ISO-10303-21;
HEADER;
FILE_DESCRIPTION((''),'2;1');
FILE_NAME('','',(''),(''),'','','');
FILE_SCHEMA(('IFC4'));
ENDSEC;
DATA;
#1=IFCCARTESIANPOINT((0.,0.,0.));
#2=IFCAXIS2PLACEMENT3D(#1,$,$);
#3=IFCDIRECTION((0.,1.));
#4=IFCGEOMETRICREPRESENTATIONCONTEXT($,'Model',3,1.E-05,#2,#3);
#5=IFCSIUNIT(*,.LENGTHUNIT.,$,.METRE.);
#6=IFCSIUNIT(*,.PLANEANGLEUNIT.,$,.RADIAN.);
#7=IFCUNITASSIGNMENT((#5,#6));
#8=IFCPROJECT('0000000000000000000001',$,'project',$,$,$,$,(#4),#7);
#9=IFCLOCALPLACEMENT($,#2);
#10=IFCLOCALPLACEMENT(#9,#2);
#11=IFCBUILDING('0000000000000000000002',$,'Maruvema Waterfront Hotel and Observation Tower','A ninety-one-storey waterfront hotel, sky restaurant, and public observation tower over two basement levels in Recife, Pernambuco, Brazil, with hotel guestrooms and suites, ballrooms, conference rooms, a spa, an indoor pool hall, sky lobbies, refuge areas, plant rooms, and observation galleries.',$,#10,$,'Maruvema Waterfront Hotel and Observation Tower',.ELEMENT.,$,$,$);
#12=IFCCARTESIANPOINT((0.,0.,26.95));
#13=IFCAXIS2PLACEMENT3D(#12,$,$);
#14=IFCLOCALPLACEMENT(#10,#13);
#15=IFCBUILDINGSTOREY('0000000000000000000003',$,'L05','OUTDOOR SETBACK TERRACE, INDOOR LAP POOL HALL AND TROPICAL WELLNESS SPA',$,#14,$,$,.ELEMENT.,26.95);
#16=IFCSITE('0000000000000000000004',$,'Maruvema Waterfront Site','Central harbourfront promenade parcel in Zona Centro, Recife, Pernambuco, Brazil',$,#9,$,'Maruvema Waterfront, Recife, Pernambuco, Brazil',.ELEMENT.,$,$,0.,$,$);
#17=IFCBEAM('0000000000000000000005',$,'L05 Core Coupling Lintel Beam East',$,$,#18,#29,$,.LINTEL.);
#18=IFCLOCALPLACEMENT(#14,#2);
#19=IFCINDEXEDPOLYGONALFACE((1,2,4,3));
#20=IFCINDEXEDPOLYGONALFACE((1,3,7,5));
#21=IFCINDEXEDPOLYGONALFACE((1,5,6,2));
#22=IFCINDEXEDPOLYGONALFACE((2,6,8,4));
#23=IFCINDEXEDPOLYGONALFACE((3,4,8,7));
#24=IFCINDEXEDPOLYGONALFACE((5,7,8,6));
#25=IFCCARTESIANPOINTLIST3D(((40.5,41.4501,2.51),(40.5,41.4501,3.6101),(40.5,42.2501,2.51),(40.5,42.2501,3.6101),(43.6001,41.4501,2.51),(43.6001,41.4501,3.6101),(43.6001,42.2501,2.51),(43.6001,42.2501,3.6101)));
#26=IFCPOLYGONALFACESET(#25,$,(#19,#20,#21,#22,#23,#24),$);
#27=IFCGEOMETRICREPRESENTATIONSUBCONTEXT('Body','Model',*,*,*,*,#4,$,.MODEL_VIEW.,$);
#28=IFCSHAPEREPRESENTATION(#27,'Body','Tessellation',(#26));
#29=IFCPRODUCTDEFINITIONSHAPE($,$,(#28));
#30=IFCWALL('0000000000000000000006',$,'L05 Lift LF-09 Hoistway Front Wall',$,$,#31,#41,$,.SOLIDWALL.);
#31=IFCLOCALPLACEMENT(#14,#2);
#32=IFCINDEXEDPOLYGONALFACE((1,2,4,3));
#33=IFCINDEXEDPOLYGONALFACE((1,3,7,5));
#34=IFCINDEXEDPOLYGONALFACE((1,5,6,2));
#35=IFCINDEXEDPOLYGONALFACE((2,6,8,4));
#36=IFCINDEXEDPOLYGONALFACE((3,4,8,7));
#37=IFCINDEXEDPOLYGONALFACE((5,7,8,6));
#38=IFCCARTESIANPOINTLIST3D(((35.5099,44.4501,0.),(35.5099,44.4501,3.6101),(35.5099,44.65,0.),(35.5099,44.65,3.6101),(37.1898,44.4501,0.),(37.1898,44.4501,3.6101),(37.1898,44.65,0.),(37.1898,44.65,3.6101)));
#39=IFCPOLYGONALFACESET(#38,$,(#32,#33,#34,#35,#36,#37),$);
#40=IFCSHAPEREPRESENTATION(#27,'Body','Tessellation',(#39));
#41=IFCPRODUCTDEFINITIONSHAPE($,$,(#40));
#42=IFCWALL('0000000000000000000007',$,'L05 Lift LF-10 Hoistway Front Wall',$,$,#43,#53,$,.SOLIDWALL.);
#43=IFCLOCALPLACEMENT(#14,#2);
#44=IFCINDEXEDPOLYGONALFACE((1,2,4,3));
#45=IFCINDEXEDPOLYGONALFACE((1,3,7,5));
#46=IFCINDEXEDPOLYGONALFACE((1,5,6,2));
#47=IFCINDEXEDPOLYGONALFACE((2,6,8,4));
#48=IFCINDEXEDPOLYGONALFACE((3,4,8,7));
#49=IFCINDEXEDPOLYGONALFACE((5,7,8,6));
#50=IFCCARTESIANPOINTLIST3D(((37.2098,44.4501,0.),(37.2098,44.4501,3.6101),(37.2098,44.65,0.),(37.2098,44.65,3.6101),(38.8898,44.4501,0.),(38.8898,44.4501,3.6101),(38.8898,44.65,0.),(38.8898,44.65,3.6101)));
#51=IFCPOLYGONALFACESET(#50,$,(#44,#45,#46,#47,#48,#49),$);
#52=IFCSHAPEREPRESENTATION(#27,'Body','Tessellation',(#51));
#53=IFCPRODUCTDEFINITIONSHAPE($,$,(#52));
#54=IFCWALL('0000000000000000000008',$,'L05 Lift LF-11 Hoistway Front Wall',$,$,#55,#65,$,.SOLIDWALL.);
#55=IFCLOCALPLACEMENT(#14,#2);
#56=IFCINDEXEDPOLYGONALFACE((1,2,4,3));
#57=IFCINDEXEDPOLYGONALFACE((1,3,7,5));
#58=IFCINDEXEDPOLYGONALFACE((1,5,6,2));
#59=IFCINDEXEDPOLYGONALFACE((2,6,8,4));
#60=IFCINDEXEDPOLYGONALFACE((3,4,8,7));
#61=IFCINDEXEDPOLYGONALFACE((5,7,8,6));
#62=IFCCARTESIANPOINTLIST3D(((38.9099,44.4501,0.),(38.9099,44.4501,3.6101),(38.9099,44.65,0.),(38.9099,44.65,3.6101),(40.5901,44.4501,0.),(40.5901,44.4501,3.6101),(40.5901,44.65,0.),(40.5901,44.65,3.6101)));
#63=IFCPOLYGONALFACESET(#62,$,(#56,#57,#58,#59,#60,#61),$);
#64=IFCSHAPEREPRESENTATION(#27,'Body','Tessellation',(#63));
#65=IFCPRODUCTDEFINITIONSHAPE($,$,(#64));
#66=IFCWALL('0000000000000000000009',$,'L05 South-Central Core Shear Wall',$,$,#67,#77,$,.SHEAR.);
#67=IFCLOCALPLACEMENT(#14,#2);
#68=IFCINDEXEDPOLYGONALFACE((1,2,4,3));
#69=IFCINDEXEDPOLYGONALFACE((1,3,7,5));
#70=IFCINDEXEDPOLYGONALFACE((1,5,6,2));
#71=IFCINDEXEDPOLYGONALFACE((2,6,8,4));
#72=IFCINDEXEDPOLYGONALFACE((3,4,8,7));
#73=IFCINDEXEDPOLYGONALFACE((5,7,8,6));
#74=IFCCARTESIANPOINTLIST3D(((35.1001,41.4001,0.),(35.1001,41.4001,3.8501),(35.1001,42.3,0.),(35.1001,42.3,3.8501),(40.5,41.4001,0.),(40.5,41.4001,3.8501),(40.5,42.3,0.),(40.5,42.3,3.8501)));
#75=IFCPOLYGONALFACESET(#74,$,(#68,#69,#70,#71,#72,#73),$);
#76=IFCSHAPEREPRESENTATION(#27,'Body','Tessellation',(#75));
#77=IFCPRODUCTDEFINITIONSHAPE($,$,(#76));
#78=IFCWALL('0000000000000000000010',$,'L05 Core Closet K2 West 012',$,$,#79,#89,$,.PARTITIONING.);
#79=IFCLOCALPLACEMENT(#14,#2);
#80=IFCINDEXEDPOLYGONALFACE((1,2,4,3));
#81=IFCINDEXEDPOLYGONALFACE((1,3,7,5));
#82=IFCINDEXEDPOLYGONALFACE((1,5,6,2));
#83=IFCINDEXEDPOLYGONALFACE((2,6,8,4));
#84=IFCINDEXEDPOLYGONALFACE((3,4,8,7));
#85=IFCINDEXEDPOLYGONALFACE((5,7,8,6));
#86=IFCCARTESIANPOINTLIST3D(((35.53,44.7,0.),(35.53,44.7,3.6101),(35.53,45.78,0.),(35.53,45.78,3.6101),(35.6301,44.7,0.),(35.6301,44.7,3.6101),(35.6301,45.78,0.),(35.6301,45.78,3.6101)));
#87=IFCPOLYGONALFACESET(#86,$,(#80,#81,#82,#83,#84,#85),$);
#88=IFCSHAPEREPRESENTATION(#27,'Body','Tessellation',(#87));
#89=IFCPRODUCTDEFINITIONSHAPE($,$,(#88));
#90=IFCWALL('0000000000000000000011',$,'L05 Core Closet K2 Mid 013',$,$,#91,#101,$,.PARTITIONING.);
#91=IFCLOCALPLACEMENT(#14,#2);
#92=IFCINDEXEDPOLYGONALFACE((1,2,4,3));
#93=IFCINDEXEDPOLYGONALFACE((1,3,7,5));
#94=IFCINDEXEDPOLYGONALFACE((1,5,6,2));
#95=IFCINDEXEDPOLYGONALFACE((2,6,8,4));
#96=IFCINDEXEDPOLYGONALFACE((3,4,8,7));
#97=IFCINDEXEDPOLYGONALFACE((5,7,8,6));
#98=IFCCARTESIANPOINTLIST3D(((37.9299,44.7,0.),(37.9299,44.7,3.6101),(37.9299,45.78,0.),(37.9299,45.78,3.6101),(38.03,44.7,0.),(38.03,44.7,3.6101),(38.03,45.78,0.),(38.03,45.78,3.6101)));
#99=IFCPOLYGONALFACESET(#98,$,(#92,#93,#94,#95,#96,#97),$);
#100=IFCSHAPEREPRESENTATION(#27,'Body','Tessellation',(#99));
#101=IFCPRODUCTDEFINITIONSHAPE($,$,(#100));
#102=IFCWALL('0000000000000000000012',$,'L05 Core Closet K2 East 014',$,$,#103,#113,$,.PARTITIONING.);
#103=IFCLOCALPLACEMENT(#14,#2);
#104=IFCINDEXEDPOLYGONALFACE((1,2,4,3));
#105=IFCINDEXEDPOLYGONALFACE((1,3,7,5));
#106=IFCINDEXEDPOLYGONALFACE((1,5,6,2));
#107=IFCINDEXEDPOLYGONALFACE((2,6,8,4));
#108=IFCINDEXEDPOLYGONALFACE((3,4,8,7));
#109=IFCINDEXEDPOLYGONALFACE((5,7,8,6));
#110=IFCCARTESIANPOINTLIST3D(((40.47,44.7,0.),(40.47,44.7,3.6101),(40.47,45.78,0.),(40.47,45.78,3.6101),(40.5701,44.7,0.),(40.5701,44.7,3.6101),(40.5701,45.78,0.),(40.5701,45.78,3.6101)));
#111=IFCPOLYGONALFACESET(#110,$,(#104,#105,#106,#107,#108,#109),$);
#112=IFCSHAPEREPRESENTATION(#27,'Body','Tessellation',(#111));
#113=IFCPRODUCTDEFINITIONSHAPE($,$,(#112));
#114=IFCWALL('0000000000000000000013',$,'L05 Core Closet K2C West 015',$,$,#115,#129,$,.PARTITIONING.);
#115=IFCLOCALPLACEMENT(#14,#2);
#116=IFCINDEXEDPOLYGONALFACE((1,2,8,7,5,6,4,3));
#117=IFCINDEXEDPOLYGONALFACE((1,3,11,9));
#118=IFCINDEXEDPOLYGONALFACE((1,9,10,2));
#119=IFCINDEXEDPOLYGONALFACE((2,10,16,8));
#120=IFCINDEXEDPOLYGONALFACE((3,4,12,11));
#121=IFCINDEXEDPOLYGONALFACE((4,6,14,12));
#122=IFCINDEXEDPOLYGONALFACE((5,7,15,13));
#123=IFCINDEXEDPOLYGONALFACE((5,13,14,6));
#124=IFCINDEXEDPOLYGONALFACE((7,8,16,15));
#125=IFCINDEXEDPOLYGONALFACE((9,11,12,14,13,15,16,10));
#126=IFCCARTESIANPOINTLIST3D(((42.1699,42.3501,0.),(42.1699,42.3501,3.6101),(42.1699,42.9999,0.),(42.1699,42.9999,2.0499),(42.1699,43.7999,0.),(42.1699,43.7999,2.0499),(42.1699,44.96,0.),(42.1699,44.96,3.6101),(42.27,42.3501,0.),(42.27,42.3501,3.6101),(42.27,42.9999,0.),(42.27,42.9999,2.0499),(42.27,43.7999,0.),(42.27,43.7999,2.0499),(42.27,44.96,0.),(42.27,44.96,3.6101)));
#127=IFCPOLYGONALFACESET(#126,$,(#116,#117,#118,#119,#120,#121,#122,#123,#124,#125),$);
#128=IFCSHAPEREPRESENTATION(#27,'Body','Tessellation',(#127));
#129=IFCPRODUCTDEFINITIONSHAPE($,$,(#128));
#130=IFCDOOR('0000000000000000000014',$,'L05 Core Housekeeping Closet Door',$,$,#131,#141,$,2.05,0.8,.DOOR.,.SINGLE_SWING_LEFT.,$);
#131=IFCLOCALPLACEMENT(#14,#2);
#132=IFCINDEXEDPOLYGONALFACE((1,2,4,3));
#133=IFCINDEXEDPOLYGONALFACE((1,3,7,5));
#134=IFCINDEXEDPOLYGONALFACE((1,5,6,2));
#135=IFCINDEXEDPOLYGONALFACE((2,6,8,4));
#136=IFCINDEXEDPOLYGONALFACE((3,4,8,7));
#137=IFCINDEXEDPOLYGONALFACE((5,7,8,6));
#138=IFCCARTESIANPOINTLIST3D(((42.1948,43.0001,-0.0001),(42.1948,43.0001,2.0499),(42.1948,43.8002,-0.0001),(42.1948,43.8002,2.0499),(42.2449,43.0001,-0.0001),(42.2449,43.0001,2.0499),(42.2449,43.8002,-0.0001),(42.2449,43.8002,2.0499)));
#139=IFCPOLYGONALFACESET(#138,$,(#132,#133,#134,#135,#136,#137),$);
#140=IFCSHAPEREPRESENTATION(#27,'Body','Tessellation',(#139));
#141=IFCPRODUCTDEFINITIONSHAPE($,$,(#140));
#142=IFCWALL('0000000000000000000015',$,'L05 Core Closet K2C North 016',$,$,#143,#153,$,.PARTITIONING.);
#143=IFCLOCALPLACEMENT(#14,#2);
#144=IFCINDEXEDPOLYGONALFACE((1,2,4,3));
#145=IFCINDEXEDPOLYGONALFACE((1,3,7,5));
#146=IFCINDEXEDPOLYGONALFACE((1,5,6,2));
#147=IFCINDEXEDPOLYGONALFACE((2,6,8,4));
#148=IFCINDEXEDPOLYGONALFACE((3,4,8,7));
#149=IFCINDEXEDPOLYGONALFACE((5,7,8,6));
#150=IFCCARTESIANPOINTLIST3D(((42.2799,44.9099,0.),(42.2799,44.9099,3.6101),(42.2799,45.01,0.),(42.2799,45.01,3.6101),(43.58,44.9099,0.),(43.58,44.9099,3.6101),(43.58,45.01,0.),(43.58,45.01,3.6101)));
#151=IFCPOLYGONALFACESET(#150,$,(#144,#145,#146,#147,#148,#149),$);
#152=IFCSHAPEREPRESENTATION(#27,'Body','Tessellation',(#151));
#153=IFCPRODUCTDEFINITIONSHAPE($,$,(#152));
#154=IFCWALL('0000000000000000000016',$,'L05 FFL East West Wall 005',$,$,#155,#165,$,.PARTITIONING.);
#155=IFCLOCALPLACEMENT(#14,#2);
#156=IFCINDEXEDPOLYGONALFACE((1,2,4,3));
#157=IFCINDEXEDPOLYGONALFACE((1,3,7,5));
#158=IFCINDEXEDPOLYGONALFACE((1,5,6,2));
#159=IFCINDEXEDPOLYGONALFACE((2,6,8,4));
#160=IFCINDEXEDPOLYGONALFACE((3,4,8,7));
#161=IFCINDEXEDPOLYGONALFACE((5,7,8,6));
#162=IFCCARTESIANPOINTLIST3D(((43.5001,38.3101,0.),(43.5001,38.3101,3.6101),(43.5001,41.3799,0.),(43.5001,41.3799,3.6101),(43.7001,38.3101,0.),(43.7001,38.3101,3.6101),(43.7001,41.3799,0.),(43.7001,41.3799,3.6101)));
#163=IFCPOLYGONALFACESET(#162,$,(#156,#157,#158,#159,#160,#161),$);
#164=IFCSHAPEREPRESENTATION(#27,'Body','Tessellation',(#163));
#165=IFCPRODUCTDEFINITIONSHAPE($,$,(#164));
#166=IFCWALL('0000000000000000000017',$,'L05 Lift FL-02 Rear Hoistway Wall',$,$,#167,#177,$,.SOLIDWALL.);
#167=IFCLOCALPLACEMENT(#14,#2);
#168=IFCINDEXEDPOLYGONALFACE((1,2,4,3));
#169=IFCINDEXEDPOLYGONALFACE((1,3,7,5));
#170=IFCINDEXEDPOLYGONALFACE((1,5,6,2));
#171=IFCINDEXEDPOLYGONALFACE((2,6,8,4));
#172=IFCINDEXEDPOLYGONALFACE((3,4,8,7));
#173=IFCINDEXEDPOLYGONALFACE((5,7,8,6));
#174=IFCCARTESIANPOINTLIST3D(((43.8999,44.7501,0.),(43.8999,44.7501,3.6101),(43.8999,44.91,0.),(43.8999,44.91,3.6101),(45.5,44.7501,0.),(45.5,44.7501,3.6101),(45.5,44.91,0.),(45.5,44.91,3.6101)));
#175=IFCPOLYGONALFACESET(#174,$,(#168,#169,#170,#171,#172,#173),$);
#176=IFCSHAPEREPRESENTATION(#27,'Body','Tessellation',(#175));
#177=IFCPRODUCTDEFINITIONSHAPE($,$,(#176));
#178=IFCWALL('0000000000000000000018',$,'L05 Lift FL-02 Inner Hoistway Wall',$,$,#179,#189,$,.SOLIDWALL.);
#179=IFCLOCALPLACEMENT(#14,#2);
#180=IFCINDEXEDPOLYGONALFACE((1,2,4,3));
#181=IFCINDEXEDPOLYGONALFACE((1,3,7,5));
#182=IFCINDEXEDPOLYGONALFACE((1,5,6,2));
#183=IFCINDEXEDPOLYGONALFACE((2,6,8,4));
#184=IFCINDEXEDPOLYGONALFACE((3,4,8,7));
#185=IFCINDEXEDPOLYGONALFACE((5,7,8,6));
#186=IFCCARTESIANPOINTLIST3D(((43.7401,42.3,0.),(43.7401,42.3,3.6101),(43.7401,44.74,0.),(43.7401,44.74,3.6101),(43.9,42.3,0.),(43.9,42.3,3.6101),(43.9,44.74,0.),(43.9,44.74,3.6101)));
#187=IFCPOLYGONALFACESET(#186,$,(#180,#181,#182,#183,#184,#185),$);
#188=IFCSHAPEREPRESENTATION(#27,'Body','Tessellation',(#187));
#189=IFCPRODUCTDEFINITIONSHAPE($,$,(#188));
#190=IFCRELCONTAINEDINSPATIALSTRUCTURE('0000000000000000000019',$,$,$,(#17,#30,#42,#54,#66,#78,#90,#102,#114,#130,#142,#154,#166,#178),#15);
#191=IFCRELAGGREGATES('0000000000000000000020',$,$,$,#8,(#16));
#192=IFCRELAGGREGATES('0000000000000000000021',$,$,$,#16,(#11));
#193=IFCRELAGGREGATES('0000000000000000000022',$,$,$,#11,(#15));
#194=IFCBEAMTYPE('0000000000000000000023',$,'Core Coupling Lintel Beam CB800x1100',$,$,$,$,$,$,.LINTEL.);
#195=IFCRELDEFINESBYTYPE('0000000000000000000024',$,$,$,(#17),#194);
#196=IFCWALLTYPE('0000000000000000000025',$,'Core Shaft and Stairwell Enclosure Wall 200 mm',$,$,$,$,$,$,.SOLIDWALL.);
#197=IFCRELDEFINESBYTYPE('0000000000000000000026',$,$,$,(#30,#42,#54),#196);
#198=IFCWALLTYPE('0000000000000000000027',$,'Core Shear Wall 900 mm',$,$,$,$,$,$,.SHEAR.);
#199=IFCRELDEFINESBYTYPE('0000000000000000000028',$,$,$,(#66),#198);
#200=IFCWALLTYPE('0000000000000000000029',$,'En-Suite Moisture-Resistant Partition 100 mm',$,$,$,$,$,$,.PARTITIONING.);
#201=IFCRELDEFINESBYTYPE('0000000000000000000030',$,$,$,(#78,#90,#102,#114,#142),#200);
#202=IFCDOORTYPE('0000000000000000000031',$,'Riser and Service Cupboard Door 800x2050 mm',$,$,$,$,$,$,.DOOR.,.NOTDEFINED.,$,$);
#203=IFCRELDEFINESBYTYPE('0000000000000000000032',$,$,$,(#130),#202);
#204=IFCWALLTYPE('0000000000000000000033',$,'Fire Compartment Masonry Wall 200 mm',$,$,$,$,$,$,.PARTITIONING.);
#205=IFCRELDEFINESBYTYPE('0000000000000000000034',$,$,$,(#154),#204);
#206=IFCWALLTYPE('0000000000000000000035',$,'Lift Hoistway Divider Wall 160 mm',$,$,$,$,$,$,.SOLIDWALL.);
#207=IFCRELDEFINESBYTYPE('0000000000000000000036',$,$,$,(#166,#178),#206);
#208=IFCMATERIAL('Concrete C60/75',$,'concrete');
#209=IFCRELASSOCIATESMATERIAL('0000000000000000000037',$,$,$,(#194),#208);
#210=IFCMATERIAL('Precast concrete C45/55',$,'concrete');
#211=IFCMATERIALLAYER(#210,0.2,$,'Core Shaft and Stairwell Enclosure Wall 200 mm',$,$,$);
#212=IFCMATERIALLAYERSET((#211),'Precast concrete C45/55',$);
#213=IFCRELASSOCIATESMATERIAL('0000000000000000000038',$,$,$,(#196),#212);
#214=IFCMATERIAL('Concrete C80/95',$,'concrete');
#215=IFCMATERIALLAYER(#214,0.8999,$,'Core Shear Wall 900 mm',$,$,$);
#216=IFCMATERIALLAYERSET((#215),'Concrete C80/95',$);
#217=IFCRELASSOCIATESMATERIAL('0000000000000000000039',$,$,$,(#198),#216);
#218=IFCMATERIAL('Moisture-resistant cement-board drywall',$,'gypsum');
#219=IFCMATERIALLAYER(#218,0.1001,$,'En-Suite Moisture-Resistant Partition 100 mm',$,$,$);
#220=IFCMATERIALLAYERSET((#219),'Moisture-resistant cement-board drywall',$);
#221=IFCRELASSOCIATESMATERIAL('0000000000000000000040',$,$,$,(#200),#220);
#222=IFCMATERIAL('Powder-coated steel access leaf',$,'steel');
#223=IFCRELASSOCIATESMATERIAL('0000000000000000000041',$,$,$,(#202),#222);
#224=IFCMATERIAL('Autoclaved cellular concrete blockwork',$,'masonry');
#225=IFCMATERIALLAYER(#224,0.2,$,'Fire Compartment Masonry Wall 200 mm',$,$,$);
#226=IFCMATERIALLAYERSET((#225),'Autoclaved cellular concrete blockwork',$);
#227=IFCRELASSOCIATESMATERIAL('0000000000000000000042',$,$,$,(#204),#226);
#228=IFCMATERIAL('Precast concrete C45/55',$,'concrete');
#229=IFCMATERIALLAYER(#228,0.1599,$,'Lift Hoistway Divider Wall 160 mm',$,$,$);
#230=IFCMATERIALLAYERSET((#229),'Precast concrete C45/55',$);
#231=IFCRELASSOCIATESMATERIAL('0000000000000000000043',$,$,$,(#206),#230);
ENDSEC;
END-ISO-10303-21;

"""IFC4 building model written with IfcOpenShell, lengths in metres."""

from ifc_helpers import new_model, si_unit, direction, frame, frame_2d, origin, origin_2d, place, context, subcontext, project, spatial, rectangle, extrude, material, layer, layer_set, material_profile, profile_set, type_object, element, fill, save


model = new_model("IFC4")

# Units and contexts
model_context = context("Model", 3, precision=1e-05, world=origin(), true_north=direction((0.0, 1.0)))
body_context = subcontext(model_context, "Body", "Model", "MODEL_VIEW")
ifc_project = project(units=[si_unit("LENGTHUNIT", "METRE"), si_unit("PLANEANGLEUNIT", "RADIAN")], contexts=[model_context])

# Site, building, storey
site_placement = place(None, origin())
site = spatial("IfcSite", under=ifc_project, at=site_placement, Name="Maruvema Waterfront Site", Description="Central harbourfront promenade parcel in Zona Centro, Recife, Pernambuco, Brazil", LongName="Maruvema Waterfront, Recife, Pernambuco, Brazil", CompositionType="ELEMENT", RefElevation=0.0)
building_placement = place(site_placement, origin())
building = spatial("IfcBuilding", under=site, at=building_placement, Name="Maruvema Waterfront Hotel and Observation Tower", Description="A ninety-one-storey waterfront hotel, sky restaurant, and public observation tower over two basement levels in Recife, Pernambuco, Brazil, with hotel guestrooms and suites, ballrooms, conference rooms, a spa, an indoor pool hall, sky lobbies, refuge areas, plant rooms, and observation galleries.", LongName="Maruvema Waterfront Hotel and Observation Tower", CompositionType="ELEMENT")
storey_placement = place(building_placement, frame((0.0, 0.0, 26.95)))
storey = spatial("IfcBuildingStorey", under=building, at=storey_placement, Name="L05", Description="OUTDOOR SETBACK TERRACE, INDOOR LAP POOL HALL AND TROPICAL WELLNESS SPA", CompositionType="ELEMENT", Elevation=26.95)

# Beam
ifc_material_1 = material(Name="Concrete C60/75", Category="concrete")
ifc_material_profile = material_profile(ifc_material_1, rectangle(XDim=0.8, YDim=1.1001, at=origin_2d()), Name="CB800x1100")
ifc_profile_set = profile_set([ifc_material_profile], Name="Concrete C60/75")
beam_type = type_object("IfcBeamType", Name="Core Coupling Lintel Beam CB800x1100", PredefinedType="LINTEL", material=ifc_profile_set)
beam_placement = place(storey_placement, frame((40.5, 41.8501, 3.0601), z_axis=(1.0, 0.0, 0.0), x_axis=(0.0, 1.0, 0.0)))
element("IfcBeam", 1, at=beam_placement, inside=storey, type_object=beam_type, Name="L05 Core Coupling Lintel Beam East", PredefinedType="LINTEL", context=body_context, shape_type="SweptSolid", body=[
    extrude(rectangle(XDim=0.8, YDim=1.1001, at=origin_2d()), origin(), (0.0, 0.0, 1.0), 3.1001),
])

# Walls
ifc_material_2 = material(Name="Precast concrete C45/55", Category="concrete")
ifc_layer_1 = layer(ifc_material_2, 0.2, Name="Core Shaft and Stairwell Enclosure Wall 200 mm")
ifc_layer_set_1 = layer_set([ifc_layer_1], Name="Precast concrete C45/55")
wall_type_1 = type_object("IfcWallType", Name="Core Shaft and Stairwell Enclosure Wall 200 mm", PredefinedType="SOLIDWALL", material=ifc_layer_set_1)
for number, where, z_axis, x_axis, name in (
    (2, (35.51, 44.55, 0.0), (0.0, 0.0, 1.0), (1.0, 0.0, 0.0), "L05 Lift LF-09 Hoistway Front Wall"),
    (3, (37.21, 44.55, 0.0), (0.0, 0.0, 1.0), (1.0, 0.0, 0.0), "L05 Lift LF-10 Hoistway Front Wall"),
):
    element("IfcWall", number, at=place(storey_placement, frame(where, z_axis=z_axis, x_axis=x_axis)), inside=storey, type_object=wall_type_1, Name=name, PredefinedType="SOLIDWALL", context=body_context, shape_type="SweptSolid", body=[
        extrude(rectangle(XDim=1.6799, YDim=0.2, at=frame_2d((0.8398, 0.0))), origin(), (0.0, 0.0, 1.0), 3.6101),
    ])
wall_1_placement = place(storey_placement, frame((38.9099, 44.55, 0.0), z_axis=(0.0, 0.0, 1.0), x_axis=(1.0, 0.0, 0.0)))
element("IfcWall", 4, at=wall_1_placement, inside=storey, type_object=wall_type_1, Name="L05 Lift LF-11 Hoistway Front Wall", PredefinedType="SOLIDWALL", context=body_context, shape_type="SweptSolid", body=[
    extrude(rectangle(XDim=1.6802, YDim=0.2, at=frame_2d((0.8401, 0.0))), origin(), (0.0, 0.0, 1.0), 3.6101),
])
ifc_material_3 = material(Name="Concrete C80/95", Category="concrete")
ifc_layer_2 = layer(ifc_material_3, 0.8999, Name="Core Shear Wall 900 mm")
ifc_layer_set_2 = layer_set([ifc_layer_2], Name="Concrete C80/95")
wall_type_2 = type_object("IfcWallType", Name="Core Shear Wall 900 mm", PredefinedType="SHEAR", material=ifc_layer_set_2)
wall_2_placement = place(storey_placement, frame((35.1001, 41.8501, 0.0), z_axis=(0.0, 0.0, 1.0), x_axis=(1.0, 0.0, 0.0)))
element("IfcWall", 5, at=wall_2_placement, inside=storey, type_object=wall_type_2, Name="L05 South-Central Core Shear Wall", PredefinedType="SHEAR", context=body_context, shape_type="SweptSolid", body=[
    extrude(rectangle(XDim=5.3999, YDim=0.8999, at=frame_2d((2.7, 0.0))), origin(), (0.0, 0.0, 1.0), 3.8501),
])

# Walls
ifc_material_4 = material(Name="Moisture-resistant cement-board drywall", Category="gypsum")
ifc_layer_3 = layer(ifc_material_4, 0.1001, Name="En-Suite Moisture-Resistant Partition 100 mm")
ifc_layer_set_3 = layer_set([ifc_layer_3], Name="Moisture-resistant cement-board drywall")
wall_type_3 = type_object("IfcWallType", Name="En-Suite Moisture-Resistant Partition 100 mm", PredefinedType="PARTITIONING", material=ifc_layer_set_3)
for number, where, z_axis, x_axis, name in (
    (6, (35.5801, 44.7, 0.0), (0.0, 0.0, 1.0), (0.0, 1.0, 0.0), "L05 Core Closet K2 West 012"),
    (7, (37.98, 44.7, 0.0), (0.0, 0.0, 1.0), (0.0, 1.0, 0.0), "L05 Core Closet K2 Mid 013"),
    (8, (40.52, 44.7, 0.0), (0.0, 0.0, 1.0), (0.0, 1.0, 0.0), "L05 Core Closet K2 East 014"),
):
    element("IfcWall", number, at=place(storey_placement, frame(where, z_axis=z_axis, x_axis=x_axis)), inside=storey, type_object=wall_type_3, Name=name, PredefinedType="PARTITIONING", context=body_context, shape_type="SweptSolid", body=[
        extrude(rectangle(XDim=1.0801, YDim=0.1001, at=frame_2d((0.54, 0.0))), origin(), (0.0, 0.0, 1.0), 3.6101),
    ])

# Wall, opening, door
wall_3_placement = place(storey_placement, frame((42.22, 42.3501, 0.0), z_axis=(0.0, 0.0, 1.0), x_axis=(0.0, 1.0, 0.0)))
wall_3 = element("IfcWall", 9, at=wall_3_placement, inside=storey, type_object=wall_type_3, Name="L05 Core Closet K2C West 015", PredefinedType="PARTITIONING", context=body_context, shape_type="SweptSolid", body=[
    extrude(rectangle(XDim=2.6099, YDim=0.1001, at=frame_2d((1.3049, 0.0))), origin(), (0.0, 0.0, 1.0), 3.6101),
])
opening_1_placement = place(wall_3_placement, frame((0.6499, 0.0, 0.0)))
opening_1 = element("IfcOpeningElement", 10, at=opening_1_placement, cuts=wall_3, PredefinedType="OPENING", context=body_context, shape_type="SweptSolid", body=[
    extrude(rectangle(XDim=0.8, YDim=2.05, at=frame_2d((0.3999, 1.0249))), frame((0.0, 0.0601, 0.0), z_axis=(0.0, -1.0, 0.0), x_axis=(1.0, 0.0, 0.0)), (0.0, 0.0, 1.0), 0.1201),
])
ifc_material_5 = material(Name="Powder-coated steel access leaf", Category="steel")
door_type_1 = type_object("IfcDoorType", Name="Riser and Service Cupboard Door 800x2050 mm", OperationType="NOTDEFINED", PredefinedType="DOOR", material=ifc_material_5)
door_1_placement = place(opening_1_placement, frame((0.8, 0.0, 0.0), z_axis=(0.0, 0.0, 1.0), x_axis=(-1.0, 0.0, 0.0)))
door_1 = element("IfcDoor", 11, at=door_1_placement, inside=storey, type_object=door_type_1, Name="L05 Core Housekeeping Closet Door", OperationType="SINGLE_SWING_LEFT", OverallHeight=2.05, OverallWidth=0.8, PredefinedType="DOOR", context=body_context, shape_type="SweptSolid", body=[
    extrude(rectangle(XDim=0.8, YDim=2.05, at=frame_2d((0.3999, 1.0249))), frame((0.0, 0.0249, 0.0), z_axis=(0.0, -1.0, 0.0), x_axis=(1.0, 0.0, 0.0)), (0.0, 0.0, 1.0), 0.05),
])
fill(opening_1, door_1)

# Wall
wall_4_placement = place(storey_placement, frame((42.28, 44.96, 0.0), z_axis=(0.0, 0.0, 1.0), x_axis=(1.0, 0.0, 0.0)))
element("IfcWall", 12, at=wall_4_placement, inside=storey, type_object=wall_type_3, Name="L05 Core Closet K2C North 016", PredefinedType="PARTITIONING", context=body_context, shape_type="SweptSolid", body=[
    extrude(rectangle(XDim=1.3, YDim=0.1001, at=frame_2d((0.6499, 0.0))), origin(), (0.0, 0.0, 1.0), 3.6101),
])

# Shared definitions
ifc_material_6 = material(Name="Autoclaved cellular concrete blockwork", Category="masonry")
ifc_layer_4 = layer(ifc_material_6, 0.2, Name="Fire Compartment Masonry Wall 200 mm")
ifc_layer_set_4 = layer_set([ifc_layer_4], Name="Autoclaved cellular concrete blockwork")
wall_type_4 = type_object("IfcWallType", Name="Fire Compartment Masonry Wall 200 mm", PredefinedType="PARTITIONING", material=ifc_layer_set_4)

# Walls
wall_5_placement = place(storey_placement, frame((43.6001, 38.3101, 0.0), z_axis=(0.0, 0.0, 1.0), x_axis=(0.0, 1.0, 0.0)))
element("IfcWall", 13, at=wall_5_placement, inside=storey, type_object=wall_type_4, Name="L05 FFL East West Wall 005", PredefinedType="PARTITIONING", context=body_context, shape_type="SweptSolid", body=[
    extrude(rectangle(XDim=3.0698, YDim=0.2, at=frame_2d((1.5349, 0.0))), origin(), (0.0, 0.0, 1.0), 3.6101),
])
ifc_material_7 = material(Name="Precast concrete C45/55", Category="concrete")
ifc_layer_5 = layer(ifc_material_7, 0.1599, Name="Lift Hoistway Divider Wall 160 mm")
ifc_layer_set_5 = layer_set([ifc_layer_5], Name="Precast concrete C45/55")
wall_type_5 = type_object("IfcWallType", Name="Lift Hoistway Divider Wall 160 mm", PredefinedType="SOLIDWALL", material=ifc_layer_set_5)
wall_6_placement = place(storey_placement, frame((43.8999, 44.8301, 0.0), z_axis=(0.0, 0.0, 1.0), x_axis=(1.0, 0.0, 0.0)))
element("IfcWall", 14, at=wall_6_placement, inside=storey, type_object=wall_type_5, Name="L05 Lift FL-02 Rear Hoistway Wall", PredefinedType="SOLIDWALL", context=body_context, shape_type="SweptSolid", body=[
    extrude(rectangle(XDim=1.6001, YDim=0.1599, at=frame_2d((0.8, 0.0))), origin(), (0.0, 0.0, 1.0), 3.6101),
])
wall_7_placement = place(storey_placement, frame((43.8201, 42.3, 0.0), z_axis=(0.0, 0.0, 1.0), x_axis=(0.0, 1.0, 0.0)))
element("IfcWall", 15, at=wall_7_placement, inside=storey, type_object=wall_type_5, Name="L05 Lift FL-02 Inner Hoistway Wall", PredefinedType="SOLIDWALL", context=body_context, shape_type="SweptSolid", body=[
    extrude(rectangle(XDim=2.4399, YDim=0.1599, at=frame_2d((1.22, 0.0))), origin(), (0.0, 0.0, 1.0), 3.6101),
])

save(model, "model.ifc")
